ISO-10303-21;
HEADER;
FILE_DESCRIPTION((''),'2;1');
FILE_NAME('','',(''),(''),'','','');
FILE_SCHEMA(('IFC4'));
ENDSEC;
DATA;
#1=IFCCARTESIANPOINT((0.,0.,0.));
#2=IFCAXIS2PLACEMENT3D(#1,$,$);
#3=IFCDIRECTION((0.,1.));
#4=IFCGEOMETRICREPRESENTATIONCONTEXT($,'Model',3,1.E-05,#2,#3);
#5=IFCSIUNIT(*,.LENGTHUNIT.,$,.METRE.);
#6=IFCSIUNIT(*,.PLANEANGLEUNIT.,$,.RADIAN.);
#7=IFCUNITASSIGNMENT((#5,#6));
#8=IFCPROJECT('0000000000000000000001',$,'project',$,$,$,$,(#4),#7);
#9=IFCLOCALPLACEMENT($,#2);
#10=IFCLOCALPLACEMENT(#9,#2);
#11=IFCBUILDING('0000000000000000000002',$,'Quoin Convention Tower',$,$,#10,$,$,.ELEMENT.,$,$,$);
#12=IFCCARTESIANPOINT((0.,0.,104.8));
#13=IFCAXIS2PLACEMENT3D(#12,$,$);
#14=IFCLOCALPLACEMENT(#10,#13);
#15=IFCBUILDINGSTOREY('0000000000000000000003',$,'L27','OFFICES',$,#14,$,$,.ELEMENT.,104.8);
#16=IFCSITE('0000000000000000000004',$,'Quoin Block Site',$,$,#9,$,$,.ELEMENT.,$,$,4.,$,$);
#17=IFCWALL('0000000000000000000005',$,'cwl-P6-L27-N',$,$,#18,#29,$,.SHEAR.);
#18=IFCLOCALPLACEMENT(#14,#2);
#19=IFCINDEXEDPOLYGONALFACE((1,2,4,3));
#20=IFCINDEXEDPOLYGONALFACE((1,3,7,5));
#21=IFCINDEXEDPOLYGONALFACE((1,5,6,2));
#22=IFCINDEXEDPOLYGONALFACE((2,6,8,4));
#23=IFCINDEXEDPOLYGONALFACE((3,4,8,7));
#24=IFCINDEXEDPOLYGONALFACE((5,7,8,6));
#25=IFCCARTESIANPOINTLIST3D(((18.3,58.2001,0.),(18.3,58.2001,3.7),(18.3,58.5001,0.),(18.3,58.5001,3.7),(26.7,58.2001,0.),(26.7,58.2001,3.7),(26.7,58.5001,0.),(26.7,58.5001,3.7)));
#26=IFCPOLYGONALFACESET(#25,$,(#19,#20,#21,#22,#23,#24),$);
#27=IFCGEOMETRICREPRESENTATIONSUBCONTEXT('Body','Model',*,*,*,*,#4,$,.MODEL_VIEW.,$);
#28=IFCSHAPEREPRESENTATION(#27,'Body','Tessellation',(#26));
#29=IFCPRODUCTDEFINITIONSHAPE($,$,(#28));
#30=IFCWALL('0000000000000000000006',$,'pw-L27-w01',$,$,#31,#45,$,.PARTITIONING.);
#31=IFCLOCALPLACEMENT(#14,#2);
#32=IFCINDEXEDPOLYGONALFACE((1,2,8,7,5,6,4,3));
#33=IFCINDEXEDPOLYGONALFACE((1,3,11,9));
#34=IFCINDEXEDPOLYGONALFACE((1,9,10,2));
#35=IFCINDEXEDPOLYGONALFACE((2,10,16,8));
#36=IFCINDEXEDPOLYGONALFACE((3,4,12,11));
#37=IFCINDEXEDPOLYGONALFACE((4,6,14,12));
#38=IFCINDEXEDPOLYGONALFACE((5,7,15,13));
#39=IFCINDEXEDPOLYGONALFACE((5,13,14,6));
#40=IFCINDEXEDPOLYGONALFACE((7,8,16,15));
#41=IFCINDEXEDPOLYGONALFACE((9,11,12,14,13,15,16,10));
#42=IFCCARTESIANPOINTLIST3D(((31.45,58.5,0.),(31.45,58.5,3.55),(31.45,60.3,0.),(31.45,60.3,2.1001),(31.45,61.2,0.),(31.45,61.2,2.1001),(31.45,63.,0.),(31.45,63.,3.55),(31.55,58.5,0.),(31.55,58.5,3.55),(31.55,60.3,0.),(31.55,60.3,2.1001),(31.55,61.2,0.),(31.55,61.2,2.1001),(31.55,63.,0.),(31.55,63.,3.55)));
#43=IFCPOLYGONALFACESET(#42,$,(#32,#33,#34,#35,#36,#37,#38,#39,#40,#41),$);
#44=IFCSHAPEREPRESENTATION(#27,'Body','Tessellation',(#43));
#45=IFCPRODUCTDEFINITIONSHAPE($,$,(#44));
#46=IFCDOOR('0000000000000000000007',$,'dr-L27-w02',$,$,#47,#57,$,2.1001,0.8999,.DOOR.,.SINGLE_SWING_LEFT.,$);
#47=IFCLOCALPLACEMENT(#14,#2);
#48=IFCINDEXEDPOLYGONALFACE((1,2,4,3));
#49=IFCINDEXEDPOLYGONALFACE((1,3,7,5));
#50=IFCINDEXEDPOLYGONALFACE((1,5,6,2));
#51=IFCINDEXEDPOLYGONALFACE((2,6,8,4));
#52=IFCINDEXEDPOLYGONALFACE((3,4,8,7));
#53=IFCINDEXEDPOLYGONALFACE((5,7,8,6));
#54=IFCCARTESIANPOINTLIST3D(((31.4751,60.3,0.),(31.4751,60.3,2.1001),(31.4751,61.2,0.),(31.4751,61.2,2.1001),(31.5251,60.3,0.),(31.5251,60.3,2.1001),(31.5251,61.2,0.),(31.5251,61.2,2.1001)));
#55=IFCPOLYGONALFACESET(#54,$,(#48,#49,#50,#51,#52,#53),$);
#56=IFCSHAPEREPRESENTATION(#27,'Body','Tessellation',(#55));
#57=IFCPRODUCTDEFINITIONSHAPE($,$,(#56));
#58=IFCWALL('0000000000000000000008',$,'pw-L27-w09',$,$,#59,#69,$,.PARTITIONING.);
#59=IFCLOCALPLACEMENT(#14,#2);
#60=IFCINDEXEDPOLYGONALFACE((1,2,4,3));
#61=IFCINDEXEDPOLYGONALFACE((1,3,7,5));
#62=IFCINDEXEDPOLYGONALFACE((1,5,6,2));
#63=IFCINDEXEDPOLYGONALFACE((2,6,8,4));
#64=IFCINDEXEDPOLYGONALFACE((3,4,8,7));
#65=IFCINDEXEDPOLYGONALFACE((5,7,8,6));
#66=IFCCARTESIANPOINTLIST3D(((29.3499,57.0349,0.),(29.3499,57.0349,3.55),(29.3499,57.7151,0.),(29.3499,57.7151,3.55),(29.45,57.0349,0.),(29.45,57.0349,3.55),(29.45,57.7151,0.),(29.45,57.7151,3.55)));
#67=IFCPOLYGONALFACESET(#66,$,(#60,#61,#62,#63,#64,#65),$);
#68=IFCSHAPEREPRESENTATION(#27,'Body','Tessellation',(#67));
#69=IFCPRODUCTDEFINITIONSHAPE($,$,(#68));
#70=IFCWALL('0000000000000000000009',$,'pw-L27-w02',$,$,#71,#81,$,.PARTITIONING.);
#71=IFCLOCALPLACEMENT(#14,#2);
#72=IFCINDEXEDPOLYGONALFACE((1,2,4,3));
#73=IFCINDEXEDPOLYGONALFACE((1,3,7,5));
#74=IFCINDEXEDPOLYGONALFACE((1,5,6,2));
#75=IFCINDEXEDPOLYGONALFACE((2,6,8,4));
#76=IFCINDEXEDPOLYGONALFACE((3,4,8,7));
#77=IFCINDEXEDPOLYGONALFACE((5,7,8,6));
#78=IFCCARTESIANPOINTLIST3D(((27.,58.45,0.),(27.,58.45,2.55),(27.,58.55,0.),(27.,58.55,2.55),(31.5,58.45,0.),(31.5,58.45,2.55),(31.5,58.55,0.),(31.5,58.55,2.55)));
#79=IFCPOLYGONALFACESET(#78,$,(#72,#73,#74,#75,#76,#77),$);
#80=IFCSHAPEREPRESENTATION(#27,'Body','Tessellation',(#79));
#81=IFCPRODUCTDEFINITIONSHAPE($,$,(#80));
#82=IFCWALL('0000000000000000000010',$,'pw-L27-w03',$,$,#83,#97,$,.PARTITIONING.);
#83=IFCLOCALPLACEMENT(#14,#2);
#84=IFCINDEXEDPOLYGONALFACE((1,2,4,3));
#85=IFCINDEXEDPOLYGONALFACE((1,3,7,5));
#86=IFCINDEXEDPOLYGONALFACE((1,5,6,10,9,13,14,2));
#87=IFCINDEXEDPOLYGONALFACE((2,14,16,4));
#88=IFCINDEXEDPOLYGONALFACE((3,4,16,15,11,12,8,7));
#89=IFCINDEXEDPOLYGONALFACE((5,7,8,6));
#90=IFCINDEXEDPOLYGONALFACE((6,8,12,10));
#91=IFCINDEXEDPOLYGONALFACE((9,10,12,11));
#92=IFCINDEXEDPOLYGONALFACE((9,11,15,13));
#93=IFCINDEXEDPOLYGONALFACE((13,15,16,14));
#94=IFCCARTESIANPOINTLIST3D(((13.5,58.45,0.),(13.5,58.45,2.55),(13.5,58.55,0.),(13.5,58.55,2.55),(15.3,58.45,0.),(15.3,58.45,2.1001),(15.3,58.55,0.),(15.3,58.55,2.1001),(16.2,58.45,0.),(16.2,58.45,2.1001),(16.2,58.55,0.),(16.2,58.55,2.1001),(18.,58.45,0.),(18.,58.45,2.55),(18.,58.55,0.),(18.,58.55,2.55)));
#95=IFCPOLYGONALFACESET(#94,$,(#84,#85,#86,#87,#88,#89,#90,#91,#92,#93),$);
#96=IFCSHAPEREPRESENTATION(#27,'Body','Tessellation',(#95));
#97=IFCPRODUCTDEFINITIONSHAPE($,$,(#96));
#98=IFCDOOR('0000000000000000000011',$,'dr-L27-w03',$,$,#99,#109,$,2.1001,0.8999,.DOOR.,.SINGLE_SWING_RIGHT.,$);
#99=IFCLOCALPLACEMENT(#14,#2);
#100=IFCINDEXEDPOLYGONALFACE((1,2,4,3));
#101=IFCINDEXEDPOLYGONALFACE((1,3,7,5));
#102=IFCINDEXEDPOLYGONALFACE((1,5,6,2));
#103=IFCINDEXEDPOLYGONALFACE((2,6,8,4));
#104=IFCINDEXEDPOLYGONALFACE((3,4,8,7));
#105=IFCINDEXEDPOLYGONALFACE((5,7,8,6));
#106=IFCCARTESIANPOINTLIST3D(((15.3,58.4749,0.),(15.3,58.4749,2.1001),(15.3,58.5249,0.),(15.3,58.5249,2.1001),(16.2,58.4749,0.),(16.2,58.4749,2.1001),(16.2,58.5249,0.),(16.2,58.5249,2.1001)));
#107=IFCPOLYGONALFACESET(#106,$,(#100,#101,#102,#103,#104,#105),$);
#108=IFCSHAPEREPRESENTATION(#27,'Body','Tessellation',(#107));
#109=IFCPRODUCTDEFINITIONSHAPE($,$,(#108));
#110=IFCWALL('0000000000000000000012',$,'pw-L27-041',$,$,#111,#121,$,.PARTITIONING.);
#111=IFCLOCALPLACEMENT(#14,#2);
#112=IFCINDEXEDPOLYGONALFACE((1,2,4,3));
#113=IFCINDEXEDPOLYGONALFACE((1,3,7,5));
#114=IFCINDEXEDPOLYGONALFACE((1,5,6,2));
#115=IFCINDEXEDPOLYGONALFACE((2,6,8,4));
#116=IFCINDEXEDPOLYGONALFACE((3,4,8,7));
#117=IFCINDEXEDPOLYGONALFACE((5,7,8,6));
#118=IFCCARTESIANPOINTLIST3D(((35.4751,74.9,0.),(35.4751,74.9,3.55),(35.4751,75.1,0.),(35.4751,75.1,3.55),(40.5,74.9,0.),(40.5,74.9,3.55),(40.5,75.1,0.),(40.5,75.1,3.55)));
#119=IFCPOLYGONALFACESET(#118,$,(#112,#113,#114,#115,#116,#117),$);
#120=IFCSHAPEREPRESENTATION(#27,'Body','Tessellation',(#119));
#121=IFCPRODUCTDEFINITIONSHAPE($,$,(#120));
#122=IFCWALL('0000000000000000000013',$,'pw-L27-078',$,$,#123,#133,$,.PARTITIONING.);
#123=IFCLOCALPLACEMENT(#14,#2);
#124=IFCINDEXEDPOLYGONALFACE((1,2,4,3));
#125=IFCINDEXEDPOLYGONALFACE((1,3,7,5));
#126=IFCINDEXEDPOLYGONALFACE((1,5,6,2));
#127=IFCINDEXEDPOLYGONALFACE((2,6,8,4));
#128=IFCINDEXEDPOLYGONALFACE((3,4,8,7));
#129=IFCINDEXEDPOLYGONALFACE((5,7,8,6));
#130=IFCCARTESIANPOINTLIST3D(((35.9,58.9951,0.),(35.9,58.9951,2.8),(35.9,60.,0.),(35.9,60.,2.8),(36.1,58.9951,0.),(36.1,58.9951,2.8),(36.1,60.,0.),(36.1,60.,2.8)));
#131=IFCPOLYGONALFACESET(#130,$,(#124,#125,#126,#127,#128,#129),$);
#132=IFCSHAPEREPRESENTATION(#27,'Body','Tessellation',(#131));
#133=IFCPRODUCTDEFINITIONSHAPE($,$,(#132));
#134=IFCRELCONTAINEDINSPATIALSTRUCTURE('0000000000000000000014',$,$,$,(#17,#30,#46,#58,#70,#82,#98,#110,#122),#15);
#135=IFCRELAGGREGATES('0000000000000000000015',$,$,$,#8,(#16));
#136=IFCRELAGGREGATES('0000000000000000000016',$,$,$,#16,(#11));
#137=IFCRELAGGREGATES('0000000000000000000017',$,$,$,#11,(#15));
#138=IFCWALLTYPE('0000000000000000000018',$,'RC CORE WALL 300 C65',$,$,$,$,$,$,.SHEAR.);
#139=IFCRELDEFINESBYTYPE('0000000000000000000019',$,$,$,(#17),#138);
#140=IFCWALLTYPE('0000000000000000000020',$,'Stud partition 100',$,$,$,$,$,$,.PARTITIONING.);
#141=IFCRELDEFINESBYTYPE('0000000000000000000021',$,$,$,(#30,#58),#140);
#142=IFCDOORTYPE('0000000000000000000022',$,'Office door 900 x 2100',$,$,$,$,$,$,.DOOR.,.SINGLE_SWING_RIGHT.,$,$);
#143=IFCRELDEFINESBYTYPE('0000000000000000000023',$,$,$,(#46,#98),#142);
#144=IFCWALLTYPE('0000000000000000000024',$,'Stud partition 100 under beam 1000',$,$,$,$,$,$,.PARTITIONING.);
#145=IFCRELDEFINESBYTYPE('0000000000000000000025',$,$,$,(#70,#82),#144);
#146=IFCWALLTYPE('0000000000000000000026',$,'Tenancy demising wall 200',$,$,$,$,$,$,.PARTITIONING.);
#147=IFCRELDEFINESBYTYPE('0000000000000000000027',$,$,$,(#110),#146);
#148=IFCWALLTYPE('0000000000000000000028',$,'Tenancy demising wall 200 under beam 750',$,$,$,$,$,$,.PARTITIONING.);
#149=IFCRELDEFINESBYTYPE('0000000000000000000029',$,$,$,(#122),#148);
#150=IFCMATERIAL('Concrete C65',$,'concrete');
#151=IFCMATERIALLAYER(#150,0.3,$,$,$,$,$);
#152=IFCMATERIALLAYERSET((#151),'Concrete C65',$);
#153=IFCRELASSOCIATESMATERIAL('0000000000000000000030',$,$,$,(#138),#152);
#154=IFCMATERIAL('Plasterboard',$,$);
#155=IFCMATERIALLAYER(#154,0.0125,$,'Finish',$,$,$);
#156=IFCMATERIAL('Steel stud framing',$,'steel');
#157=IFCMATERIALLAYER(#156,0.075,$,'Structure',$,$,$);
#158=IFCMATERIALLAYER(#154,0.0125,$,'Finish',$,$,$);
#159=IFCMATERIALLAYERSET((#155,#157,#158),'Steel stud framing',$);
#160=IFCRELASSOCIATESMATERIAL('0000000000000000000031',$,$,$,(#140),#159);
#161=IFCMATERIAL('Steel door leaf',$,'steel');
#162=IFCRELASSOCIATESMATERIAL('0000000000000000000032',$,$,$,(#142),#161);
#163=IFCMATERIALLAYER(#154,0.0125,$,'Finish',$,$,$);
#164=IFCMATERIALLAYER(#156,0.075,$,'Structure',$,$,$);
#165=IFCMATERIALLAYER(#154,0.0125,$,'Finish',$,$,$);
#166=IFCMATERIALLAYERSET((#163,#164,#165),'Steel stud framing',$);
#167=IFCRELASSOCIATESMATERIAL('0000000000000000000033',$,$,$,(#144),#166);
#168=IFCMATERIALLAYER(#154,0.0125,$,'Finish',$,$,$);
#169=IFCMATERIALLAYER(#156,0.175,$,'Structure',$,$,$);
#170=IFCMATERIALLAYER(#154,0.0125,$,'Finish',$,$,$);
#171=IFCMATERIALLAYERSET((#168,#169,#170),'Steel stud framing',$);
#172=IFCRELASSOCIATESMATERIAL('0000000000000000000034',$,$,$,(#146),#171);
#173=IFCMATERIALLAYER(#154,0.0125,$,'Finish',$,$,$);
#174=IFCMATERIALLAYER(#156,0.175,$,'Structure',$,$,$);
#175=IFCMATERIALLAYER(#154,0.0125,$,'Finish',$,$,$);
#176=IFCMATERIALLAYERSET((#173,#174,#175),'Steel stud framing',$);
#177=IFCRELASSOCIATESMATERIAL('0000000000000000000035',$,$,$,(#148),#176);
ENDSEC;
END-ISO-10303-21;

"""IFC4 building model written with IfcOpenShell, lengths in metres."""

from ifc_helpers import new_model, si_unit, direction, frame, frame_2d, origin, place, context, subcontext, project, spatial, rectangle, extrude, material, layer, layer_set, type_object, element, fill, save


model = new_model("IFC4")

# Units and contexts
model_context = context("Model", 3, precision=1e-05, world=origin(), true_north=direction((0.0, 1.0)))
body_context = subcontext(model_context, "Body", "Model", "MODEL_VIEW")
ifc_project = project(units=[si_unit("LENGTHUNIT", "METRE"), si_unit("PLANEANGLEUNIT", "RADIAN")], contexts=[model_context])

# Site, building, storey
site_placement = place(None, origin())
site = spatial("IfcSite", under=ifc_project, at=site_placement, Name="Quoin Block Site", CompositionType="ELEMENT", RefElevation=4.0)
building_placement = place(site_placement, origin())
building = spatial("IfcBuilding", under=site, at=building_placement, Name="Quoin Convention Tower", CompositionType="ELEMENT")
storey_placement = place(building_placement, frame((0.0, 0.0, 104.8)))
storey = spatial("IfcBuildingStorey", under=building, at=storey_placement, Name="L27", Description="OFFICES", CompositionType="ELEMENT", Elevation=104.8)

# Shared definitions
ifc_material_1 = material(Name="Concrete C65", Category="concrete")

# Wall
ifc_material_2 = material(Name="Plasterboard")
ifc_material_3 = material(Name="Steel stud framing", Category="steel")
ifc_layer_1 = layer(ifc_material_1, 0.3)
ifc_layer_set_1 = layer_set([ifc_layer_1], Name="Concrete C65")
wall_type_1 = type_object("IfcWallType", Name="RC CORE WALL 300 C65", PredefinedType="SHEAR", material=ifc_layer_set_1)
wall_1_placement = place(storey_placement, frame((18.3, 58.3501, 0.0), z_axis=(0.0, 0.0, 1.0), x_axis=(1.0, 0.0, 0.0)))
element("IfcWall", 1, at=wall_1_placement, inside=storey, type_object=wall_type_1, Name="cwl-P6-L27-N", PredefinedType="SHEAR", context=body_context, shape_type="SweptSolid", body=[
    extrude(rectangle(XDim=8.3999, YDim=0.3, at=frame_2d((4.2, 0.0))), origin(), (0.0, 0.0, 1.0), 3.7),
])

# Wall, opening, door
ifc_layer_2 = layer(ifc_material_2, 0.0125, Name="Finish")
ifc_layer_3 = layer(ifc_material_3, 0.075, Name="Structure")
ifc_layer_4 = layer(ifc_material_2, 0.0125, Name="Finish")
ifc_layer_set_2 = layer_set([ifc_layer_2, ifc_layer_3, ifc_layer_4], Name="Steel stud framing")
wall_type_2 = type_object("IfcWallType", Name="Stud partition 100", PredefinedType="PARTITIONING", material=ifc_layer_set_2)
wall_2_placement = place(storey_placement, frame((31.5, 63.0, 0.0), z_axis=(0.0, 0.0, 1.0), x_axis=(0.0, -1.0, 0.0)))
wall_2 = element("IfcWall", 2, at=wall_2_placement, inside=storey, type_object=wall_type_2, Name="pw-L27-w01", PredefinedType="PARTITIONING", context=body_context, shape_type="SweptSolid", body=[
    extrude(rectangle(XDim=4.5, YDim=0.1001, at=frame_2d((2.25, 0.0))), origin(), (0.0, 0.0, 1.0), 3.55),
])
opening_1_placement = place(wall_2_placement, frame((1.8, 0.0, 0.0)))
opening_1 = element("IfcOpeningElement", 3, at=opening_1_placement, cuts=wall_2, PredefinedType="OPENING", context=body_context, shape_type="SweptSolid", body=[
    extrude(rectangle(XDim=0.8999, YDim=2.1001, at=frame_2d((0.45, 1.05))), frame((0.0, 0.0601, 0.0), z_axis=(0.0, -1.0, 0.0), x_axis=(1.0, 0.0, 0.0)), (0.0, 0.0, 1.0), 0.1201),
])
ifc_material_4 = material(Name="Steel door leaf", Category="steel")
door_type = type_object("IfcDoorType", Name="Office door 900 x 2100", OperationType="SINGLE_SWING_RIGHT", PredefinedType="DOOR", material=ifc_material_4)
door_1_placement = place(opening_1_placement, frame((0.8999, 0.0, 0.0), z_axis=(0.0, 0.0, 1.0), x_axis=(-1.0, 0.0, 0.0)))
door_1 = element("IfcDoor", 4, at=door_1_placement, inside=storey, type_object=door_type, Name="dr-L27-w02", OperationType="SINGLE_SWING_LEFT", OverallHeight=2.1001, OverallWidth=0.8999, PredefinedType="DOOR", context=body_context, shape_type="SweptSolid", body=[
    extrude(rectangle(XDim=0.8999, YDim=2.1001, at=frame_2d((0.45, 1.05))), frame((0.0, 0.0249, 0.0), z_axis=(0.0, -1.0, 0.0), x_axis=(1.0, 0.0, 0.0)), (0.0, 0.0, 1.0), 0.05),
])
fill(opening_1, door_1)

# Walls
wall_3_placement = place(storey_placement, frame((29.3999, 57.7151, 0.0), z_axis=(0.0, 0.0, 1.0), x_axis=(0.0, -1.0, 0.0)))
element("IfcWall", 5, at=wall_3_placement, inside=storey, type_object=wall_type_2, Name="pw-L27-w09", PredefinedType="PARTITIONING", context=body_context, shape_type="SweptSolid", body=[
    extrude(rectangle(XDim=0.6802, YDim=0.1001, at=frame_2d((0.3401, 0.0))), origin(), (0.0, 0.0, 1.0), 3.55),
])
ifc_layer_5 = layer(ifc_material_2, 0.0125, Name="Finish")
ifc_layer_6 = layer(ifc_material_3, 0.075, Name="Structure")
ifc_layer_7 = layer(ifc_material_2, 0.0125, Name="Finish")
ifc_layer_set_3 = layer_set([ifc_layer_5, ifc_layer_6, ifc_layer_7], Name="Steel stud framing")
wall_type_3 = type_object("IfcWallType", Name="Stud partition 100 under beam 1000", PredefinedType="PARTITIONING", material=ifc_layer_set_3)
wall_4_placement = place(storey_placement, frame((31.5, 58.5, 0.0), z_axis=(0.0, 0.0, 1.0), x_axis=(-1.0, 0.0, 0.0)))
element("IfcWall", 6, at=wall_4_placement, inside=storey, type_object=wall_type_3, Name="pw-L27-w02", PredefinedType="PARTITIONING", context=body_context, shape_type="SweptSolid", body=[
    extrude(rectangle(XDim=4.5, YDim=0.1001, at=frame_2d((2.25, 0.0))), origin(), (0.0, 0.0, 1.0), 2.55),
])

# Wall, opening, door
wall_5_placement = place(storey_placement, frame((13.5, 58.5, 0.0), z_axis=(0.0, 0.0, 1.0), x_axis=(1.0, 0.0, 0.0)))
wall_5 = element("IfcWall", 7, at=wall_5_placement, inside=storey, type_object=wall_type_3, Name="pw-L27-w03", PredefinedType="PARTITIONING", context=body_context, shape_type="SweptSolid", body=[
    extrude(rectangle(XDim=4.5, YDim=0.1001, at=frame_2d((2.25, 0.0))), origin(), (0.0, 0.0, 1.0), 2.55),
])
opening_2_placement = place(wall_5_placement, frame((1.8, 0.0, 0.0)))
opening_2 = element("IfcOpeningElement", 8, at=opening_2_placement, cuts=wall_5, PredefinedType="OPENING", context=body_context, shape_type="SweptSolid", body=[
    extrude(rectangle(XDim=0.8999, YDim=2.1001, at=frame_2d((0.45, 1.05))), frame((0.0, 0.0601, 0.0), z_axis=(0.0, -1.0, 0.0), x_axis=(1.0, 0.0, 0.0)), (0.0, 0.0, 1.0), 0.1201),
])
door_2_placement = place(opening_2_placement, origin())
door_2 = element("IfcDoor", 9, at=door_2_placement, inside=storey, type_object=door_type, Name="dr-L27-w03", OperationType="SINGLE_SWING_RIGHT", OverallHeight=2.1001, OverallWidth=0.8999, PredefinedType="DOOR", context=body_context, shape_type="SweptSolid", body=[
    extrude(rectangle(XDim=0.8999, YDim=2.1001, at=frame_2d((0.45, 1.05))), frame((0.0, 0.0249, 0.0), z_axis=(0.0, -1.0, 0.0), x_axis=(1.0, 0.0, 0.0)), (0.0, 0.0, 1.0), 0.05),
])
fill(opening_2, door_2)

# Walls
ifc_layer_8 = layer(ifc_material_2, 0.0125, Name="Finish")
ifc_layer_9 = layer(ifc_material_3, 0.175, Name="Structure")
ifc_layer_10 = layer(ifc_material_2, 0.0125, Name="Finish")
ifc_layer_set_4 = layer_set([ifc_layer_8, ifc_layer_9, ifc_layer_10], Name="Steel stud framing")
wall_type_4 = type_object("IfcWallType", Name="Tenancy demising wall 200", PredefinedType="PARTITIONING", material=ifc_layer_set_4)
wall_6_placement = place(storey_placement, frame((35.4751, 75.0, 0.0), z_axis=(0.0, 0.0, 1.0), x_axis=(1.0, 0.0, 0.0)))
element("IfcWall", 10, at=wall_6_placement, inside=storey, type_object=wall_type_4, Name="pw-L27-041", PredefinedType="PARTITIONING", context=body_context, shape_type="SweptSolid", body=[
    extrude(rectangle(XDim=5.0249, YDim=0.2, at=frame_2d((2.5125, 0.0))), origin(), (0.0, 0.0, 1.0), 3.55),
])
ifc_layer_11 = layer(ifc_material_2, 0.0125, Name="Finish")
ifc_layer_12 = layer(ifc_material_3, 0.175, Name="Structure")
ifc_layer_13 = layer(ifc_material_2, 0.0125, Name="Finish")
ifc_layer_set_5 = layer_set([ifc_layer_11, ifc_layer_12, ifc_layer_13], Name="Steel stud framing")
wall_type_5 = type_object("IfcWallType", Name="Tenancy demising wall 200 under beam 750", PredefinedType="PARTITIONING", material=ifc_layer_set_5)
wall_7_placement = place(storey_placement, frame((36.0, 58.9951, 0.0), z_axis=(0.0, 0.0, 1.0), x_axis=(0.0, 1.0, 0.0)))
element("IfcWall", 11, at=wall_7_placement, inside=storey, type_object=wall_type_5, Name="pw-L27-078", PredefinedType="PARTITIONING", context=body_context, shape_type="SweptSolid", body=[
    extrude(rectangle(XDim=1.0049, YDim=0.2, at=frame_2d((0.5024, 0.0))), origin(), (0.0, 0.0, 1.0), 2.8),
])

save(model, "model.ifc")
